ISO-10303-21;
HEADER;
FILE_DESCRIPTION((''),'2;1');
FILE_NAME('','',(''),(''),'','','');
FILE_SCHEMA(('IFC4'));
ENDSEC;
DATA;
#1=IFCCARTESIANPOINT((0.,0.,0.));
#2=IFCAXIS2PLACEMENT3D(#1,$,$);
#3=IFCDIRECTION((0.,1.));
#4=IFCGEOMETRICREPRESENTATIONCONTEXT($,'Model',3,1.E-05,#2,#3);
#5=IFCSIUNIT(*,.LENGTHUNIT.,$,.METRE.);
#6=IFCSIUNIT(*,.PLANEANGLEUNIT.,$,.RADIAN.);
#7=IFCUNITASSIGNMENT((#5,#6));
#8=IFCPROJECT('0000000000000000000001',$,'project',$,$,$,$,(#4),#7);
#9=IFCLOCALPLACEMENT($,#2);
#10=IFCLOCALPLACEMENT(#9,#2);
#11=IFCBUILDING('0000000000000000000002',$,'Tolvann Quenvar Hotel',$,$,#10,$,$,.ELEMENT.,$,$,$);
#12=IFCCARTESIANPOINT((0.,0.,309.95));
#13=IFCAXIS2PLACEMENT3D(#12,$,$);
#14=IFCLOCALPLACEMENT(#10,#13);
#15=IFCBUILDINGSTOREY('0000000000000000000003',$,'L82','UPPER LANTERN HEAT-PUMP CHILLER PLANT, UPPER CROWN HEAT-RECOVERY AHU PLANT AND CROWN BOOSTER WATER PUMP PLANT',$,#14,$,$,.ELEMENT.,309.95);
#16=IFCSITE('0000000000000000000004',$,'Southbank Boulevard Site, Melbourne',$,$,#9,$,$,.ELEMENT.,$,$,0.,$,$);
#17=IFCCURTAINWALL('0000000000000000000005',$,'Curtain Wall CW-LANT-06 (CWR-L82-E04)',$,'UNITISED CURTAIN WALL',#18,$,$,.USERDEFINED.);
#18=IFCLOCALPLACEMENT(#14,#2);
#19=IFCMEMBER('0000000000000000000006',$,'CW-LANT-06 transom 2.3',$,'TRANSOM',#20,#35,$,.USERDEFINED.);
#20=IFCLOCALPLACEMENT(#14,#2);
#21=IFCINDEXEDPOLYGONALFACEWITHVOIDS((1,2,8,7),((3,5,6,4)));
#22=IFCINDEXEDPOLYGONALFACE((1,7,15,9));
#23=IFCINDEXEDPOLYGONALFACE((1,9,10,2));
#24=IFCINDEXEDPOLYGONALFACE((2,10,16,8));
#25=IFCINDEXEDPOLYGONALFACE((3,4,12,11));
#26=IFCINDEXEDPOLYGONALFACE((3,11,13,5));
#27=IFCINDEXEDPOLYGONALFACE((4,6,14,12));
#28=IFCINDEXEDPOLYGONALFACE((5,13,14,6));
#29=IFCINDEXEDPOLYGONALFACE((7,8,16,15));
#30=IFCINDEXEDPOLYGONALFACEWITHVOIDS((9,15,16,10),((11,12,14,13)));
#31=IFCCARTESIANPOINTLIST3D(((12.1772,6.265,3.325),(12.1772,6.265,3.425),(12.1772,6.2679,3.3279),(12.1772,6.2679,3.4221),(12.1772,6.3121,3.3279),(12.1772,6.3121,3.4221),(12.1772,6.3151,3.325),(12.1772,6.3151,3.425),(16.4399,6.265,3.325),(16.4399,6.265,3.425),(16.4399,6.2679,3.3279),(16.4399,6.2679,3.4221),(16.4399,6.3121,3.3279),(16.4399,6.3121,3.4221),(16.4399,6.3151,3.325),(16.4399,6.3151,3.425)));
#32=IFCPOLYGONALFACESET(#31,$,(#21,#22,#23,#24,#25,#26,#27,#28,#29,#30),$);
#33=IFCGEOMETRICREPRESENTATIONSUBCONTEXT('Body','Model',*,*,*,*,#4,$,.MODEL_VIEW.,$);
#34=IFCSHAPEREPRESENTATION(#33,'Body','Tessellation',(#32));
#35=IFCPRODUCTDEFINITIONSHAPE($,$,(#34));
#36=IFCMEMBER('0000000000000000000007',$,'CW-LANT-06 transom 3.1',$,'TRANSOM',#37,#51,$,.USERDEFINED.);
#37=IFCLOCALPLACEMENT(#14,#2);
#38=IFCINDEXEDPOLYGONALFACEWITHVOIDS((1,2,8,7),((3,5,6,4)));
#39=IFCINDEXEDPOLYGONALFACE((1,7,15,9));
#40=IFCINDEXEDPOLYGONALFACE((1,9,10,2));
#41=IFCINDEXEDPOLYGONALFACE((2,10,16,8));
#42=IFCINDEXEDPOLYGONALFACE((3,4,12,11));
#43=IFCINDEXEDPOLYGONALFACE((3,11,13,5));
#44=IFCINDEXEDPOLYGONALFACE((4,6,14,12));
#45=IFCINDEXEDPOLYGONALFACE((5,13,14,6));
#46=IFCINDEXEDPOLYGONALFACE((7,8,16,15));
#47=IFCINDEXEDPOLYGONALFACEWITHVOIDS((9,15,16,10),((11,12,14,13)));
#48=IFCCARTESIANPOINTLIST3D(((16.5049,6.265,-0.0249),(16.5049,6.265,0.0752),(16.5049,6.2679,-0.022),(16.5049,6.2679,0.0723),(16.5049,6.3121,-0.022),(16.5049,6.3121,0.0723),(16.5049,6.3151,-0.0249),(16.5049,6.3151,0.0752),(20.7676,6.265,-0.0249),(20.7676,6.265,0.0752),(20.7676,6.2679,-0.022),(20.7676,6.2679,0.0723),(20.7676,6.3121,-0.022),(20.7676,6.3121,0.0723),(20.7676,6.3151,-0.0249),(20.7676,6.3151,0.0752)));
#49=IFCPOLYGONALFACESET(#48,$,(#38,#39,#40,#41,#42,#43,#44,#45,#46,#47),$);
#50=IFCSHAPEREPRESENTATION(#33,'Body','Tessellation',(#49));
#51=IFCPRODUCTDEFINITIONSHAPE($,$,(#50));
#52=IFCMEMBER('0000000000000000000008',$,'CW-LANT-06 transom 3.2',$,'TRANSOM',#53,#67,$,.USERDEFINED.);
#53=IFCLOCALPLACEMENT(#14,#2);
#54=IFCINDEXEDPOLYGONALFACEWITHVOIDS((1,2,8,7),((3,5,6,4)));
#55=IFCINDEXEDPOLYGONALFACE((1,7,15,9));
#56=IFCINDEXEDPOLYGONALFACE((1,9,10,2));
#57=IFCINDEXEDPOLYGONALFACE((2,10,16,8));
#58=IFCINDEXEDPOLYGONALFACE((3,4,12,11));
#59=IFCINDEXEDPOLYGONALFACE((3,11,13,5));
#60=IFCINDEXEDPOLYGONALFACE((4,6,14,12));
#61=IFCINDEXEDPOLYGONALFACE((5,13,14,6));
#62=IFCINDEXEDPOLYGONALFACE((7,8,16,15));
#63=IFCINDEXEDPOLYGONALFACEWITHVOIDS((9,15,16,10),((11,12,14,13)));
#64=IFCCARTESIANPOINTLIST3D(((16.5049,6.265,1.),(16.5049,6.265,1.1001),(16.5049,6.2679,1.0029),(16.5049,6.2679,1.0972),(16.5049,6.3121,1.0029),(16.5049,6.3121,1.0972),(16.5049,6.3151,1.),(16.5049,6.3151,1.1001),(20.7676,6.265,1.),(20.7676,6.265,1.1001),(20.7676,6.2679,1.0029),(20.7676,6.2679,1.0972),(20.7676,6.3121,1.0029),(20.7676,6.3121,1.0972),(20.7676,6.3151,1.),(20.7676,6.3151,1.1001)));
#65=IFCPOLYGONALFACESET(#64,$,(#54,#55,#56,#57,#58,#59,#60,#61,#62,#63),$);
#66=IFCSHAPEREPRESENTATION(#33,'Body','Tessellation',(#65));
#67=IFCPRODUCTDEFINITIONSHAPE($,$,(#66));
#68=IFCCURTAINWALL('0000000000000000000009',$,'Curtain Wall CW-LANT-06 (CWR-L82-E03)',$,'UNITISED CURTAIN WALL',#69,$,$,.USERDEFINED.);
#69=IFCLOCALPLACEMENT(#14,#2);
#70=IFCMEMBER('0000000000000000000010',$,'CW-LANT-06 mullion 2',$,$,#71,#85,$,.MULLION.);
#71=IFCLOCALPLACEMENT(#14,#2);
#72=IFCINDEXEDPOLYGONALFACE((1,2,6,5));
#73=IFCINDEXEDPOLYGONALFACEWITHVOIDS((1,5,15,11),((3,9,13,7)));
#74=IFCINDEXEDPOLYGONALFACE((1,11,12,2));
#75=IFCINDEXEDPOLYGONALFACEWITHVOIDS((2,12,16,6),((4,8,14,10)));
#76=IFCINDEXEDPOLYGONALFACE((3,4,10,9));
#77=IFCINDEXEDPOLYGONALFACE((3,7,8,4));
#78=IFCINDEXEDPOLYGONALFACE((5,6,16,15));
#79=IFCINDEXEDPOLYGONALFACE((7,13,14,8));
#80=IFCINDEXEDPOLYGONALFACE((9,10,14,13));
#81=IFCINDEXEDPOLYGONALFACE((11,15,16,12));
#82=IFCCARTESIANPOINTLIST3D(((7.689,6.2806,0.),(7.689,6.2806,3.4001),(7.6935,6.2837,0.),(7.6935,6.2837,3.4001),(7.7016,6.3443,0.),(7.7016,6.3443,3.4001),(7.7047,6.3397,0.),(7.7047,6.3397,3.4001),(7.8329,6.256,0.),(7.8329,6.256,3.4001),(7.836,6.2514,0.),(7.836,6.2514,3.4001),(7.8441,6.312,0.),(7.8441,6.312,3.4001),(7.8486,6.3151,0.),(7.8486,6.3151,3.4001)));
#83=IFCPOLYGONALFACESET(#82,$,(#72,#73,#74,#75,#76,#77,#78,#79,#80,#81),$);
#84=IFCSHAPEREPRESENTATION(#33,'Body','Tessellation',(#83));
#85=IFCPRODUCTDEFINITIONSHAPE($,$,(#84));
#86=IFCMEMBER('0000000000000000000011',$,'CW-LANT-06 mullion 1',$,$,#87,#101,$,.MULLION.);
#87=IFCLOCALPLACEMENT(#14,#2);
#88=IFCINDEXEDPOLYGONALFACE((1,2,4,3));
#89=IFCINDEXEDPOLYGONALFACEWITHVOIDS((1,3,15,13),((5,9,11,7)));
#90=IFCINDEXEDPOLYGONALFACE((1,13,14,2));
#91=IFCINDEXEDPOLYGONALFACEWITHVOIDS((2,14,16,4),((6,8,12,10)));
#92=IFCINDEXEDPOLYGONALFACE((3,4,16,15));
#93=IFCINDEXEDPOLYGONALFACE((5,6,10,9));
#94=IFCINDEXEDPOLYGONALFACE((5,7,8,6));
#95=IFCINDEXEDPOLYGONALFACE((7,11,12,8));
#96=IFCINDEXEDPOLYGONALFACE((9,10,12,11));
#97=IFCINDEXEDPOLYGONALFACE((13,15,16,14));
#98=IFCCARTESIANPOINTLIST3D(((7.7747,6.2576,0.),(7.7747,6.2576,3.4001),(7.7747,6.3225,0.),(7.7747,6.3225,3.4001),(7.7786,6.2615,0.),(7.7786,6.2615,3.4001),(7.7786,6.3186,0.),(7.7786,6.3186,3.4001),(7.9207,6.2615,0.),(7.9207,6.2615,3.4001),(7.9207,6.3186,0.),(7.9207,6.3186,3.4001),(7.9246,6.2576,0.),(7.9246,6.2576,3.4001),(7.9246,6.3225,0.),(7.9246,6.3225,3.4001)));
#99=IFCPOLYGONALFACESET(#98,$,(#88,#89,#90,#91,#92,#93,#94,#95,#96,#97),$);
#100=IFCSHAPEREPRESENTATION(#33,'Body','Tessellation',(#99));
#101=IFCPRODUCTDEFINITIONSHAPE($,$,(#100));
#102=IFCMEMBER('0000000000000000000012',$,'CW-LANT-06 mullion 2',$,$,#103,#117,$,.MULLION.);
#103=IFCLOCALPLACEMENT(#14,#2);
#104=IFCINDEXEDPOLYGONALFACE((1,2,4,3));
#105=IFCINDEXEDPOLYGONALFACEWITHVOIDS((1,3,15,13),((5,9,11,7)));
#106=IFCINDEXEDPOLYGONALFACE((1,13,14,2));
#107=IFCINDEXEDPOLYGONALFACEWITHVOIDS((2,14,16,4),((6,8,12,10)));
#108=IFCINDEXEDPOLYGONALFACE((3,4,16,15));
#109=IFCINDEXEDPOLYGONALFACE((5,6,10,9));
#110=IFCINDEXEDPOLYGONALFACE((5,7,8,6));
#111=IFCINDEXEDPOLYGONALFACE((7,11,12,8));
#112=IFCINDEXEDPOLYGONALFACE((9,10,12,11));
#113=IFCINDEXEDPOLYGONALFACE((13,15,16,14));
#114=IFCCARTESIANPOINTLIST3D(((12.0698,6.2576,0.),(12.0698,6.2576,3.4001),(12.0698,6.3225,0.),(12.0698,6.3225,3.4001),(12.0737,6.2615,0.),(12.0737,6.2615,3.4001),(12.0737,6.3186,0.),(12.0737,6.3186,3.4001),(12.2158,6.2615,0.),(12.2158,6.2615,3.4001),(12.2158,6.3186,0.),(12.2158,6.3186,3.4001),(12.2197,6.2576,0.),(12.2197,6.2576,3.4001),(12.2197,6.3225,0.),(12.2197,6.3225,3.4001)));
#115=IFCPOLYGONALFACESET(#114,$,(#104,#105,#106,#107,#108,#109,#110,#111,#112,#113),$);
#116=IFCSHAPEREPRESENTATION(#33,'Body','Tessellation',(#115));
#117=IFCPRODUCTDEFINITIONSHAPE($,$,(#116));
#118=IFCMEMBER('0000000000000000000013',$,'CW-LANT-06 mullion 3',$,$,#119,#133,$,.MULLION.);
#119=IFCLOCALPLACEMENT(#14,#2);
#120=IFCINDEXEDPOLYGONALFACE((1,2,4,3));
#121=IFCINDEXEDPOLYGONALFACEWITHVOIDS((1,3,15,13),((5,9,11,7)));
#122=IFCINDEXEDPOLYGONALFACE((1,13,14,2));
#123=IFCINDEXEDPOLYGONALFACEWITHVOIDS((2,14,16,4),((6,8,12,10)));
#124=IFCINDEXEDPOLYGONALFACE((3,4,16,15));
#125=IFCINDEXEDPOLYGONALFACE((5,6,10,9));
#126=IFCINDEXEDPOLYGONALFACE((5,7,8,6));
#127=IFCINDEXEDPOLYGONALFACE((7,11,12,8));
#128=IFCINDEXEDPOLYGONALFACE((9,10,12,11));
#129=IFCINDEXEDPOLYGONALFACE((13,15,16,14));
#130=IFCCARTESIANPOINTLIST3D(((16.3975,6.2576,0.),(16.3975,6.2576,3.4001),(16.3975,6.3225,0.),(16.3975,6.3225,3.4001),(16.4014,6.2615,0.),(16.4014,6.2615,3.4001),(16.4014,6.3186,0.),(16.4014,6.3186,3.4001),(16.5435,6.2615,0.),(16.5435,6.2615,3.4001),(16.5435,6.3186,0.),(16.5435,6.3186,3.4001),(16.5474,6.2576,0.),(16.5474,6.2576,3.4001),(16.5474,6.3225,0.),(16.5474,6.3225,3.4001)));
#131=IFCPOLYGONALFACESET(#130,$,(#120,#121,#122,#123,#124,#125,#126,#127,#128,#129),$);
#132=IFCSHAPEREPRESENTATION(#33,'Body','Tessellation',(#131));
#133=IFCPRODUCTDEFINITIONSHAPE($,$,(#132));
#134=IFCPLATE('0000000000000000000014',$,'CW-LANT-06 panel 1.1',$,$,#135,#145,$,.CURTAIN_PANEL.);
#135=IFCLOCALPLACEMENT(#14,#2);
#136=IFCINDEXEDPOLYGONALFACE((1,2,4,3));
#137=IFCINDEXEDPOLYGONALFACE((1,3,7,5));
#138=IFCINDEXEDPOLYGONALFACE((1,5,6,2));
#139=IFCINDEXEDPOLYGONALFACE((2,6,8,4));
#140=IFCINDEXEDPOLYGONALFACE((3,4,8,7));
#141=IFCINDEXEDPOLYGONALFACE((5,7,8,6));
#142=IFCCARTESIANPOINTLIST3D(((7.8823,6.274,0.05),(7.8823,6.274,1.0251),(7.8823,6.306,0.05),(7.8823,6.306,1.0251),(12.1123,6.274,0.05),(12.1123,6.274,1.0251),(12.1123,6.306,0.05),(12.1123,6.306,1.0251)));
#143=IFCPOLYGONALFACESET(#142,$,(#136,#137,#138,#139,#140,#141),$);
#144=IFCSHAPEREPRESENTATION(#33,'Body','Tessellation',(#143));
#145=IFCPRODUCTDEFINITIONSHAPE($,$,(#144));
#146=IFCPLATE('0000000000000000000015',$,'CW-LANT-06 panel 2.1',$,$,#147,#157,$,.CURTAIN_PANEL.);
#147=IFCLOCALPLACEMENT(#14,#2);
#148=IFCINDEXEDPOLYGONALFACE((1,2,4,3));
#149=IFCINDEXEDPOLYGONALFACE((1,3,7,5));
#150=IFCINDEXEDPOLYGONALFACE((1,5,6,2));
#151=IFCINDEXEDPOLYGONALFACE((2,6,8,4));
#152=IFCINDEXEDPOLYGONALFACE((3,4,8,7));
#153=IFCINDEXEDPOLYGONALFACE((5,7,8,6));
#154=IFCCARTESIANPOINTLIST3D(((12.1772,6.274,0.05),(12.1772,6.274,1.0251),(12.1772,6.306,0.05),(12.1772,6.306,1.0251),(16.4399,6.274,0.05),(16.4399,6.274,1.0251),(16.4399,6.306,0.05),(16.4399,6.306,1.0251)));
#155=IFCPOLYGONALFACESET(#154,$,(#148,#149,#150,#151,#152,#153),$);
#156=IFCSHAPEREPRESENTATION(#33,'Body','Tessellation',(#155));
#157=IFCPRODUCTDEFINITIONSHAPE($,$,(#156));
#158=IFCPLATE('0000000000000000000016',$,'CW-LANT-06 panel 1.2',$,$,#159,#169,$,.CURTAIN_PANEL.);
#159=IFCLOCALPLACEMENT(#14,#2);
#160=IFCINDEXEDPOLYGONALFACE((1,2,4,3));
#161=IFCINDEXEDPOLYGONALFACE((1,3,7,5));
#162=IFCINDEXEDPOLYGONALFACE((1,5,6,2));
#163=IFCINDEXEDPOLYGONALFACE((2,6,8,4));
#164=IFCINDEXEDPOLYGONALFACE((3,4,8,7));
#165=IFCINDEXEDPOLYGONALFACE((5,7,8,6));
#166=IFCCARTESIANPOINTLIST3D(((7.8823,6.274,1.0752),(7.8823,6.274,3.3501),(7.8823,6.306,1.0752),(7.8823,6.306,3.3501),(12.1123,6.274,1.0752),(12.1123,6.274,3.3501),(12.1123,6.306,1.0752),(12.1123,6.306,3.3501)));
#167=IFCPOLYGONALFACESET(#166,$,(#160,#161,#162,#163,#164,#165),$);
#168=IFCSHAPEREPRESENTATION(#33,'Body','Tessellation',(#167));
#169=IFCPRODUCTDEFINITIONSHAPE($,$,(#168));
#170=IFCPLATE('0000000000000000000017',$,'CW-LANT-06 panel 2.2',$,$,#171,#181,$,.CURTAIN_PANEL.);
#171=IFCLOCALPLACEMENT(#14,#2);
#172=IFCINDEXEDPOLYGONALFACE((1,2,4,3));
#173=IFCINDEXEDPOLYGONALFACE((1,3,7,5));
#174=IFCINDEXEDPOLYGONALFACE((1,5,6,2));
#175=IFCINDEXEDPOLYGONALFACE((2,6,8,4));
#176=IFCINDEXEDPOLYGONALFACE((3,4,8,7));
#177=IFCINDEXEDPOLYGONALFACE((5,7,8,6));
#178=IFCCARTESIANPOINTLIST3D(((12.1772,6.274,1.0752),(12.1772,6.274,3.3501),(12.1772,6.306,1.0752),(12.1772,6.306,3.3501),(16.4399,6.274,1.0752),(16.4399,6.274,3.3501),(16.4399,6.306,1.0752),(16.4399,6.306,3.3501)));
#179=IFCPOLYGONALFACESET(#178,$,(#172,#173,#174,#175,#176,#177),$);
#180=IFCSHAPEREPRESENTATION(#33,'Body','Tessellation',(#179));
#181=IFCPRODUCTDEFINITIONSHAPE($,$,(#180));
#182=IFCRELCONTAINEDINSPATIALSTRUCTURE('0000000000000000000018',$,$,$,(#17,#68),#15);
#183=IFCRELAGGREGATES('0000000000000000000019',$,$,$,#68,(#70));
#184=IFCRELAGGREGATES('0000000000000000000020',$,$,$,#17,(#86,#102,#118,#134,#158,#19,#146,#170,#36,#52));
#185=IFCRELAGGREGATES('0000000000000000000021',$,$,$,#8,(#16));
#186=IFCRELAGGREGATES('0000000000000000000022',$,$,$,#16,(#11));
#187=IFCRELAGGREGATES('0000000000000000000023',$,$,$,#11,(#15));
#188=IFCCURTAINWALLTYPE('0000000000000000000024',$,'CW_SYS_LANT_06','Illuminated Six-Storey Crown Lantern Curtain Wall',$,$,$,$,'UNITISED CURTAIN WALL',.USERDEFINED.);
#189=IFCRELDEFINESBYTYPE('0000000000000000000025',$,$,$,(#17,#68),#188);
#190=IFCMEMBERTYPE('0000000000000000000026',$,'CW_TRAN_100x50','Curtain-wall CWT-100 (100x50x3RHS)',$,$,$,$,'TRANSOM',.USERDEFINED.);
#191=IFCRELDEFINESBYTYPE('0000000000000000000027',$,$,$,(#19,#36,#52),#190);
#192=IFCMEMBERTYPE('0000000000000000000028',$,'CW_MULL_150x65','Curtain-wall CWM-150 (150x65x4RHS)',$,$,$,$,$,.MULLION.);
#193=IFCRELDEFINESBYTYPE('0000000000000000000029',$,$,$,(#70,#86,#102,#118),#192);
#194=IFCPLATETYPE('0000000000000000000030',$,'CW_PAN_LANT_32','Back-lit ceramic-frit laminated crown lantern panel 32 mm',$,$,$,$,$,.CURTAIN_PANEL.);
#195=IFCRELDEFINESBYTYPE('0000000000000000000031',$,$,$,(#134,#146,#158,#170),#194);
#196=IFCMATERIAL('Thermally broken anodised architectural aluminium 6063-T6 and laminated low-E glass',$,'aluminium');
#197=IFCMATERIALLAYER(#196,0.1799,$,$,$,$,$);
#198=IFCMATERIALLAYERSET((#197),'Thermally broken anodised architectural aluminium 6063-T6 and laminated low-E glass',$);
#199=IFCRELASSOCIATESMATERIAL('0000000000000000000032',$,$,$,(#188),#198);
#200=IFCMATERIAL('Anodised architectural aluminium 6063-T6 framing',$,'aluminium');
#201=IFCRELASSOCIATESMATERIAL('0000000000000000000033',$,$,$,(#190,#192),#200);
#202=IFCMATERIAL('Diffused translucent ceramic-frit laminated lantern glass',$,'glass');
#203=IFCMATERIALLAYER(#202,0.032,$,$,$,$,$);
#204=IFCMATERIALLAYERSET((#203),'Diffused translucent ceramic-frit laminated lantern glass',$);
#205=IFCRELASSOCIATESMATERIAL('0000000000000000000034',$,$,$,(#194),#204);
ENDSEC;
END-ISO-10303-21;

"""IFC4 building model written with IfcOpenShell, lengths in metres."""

from ifc_helpers import new_model, si_unit, direction, frame, origin, origin_2d, place, context, subcontext, project, spatial, rectangle, hollow_rectangle, extrude, source, transform, mapped, material, layer, layer_set, material_profile, profile_set, type_object, type_shapes, element, aggregate, save


model = new_model("IFC4")

# Units and contexts
model_context = context("Model", 3, precision=1e-05, world=origin(), true_north=direction((0.0, 1.0)))
body_context = subcontext(model_context, "Body", "Model", "MODEL_VIEW")
ifc_project = project(units=[si_unit("LENGTHUNIT", "METRE"), si_unit("PLANEANGLEUNIT", "RADIAN")], contexts=[model_context])

# Site, building, storey
site_placement = place(None, origin())
site = spatial("IfcSite", under=ifc_project, at=site_placement, Name="Southbank Boulevard Site, Melbourne", CompositionType="ELEMENT", RefElevation=0.0)
building_placement = place(site_placement, origin())
building = spatial("IfcBuilding", under=site, at=building_placement, Name="Tolvann Quenvar Hotel", CompositionType="ELEMENT")
storey_placement = place(building_placement, frame((0.0, 0.0, 309.95)))
storey = spatial("IfcBuildingStorey", under=building, at=storey_placement, Name="L82", Description="UPPER LANTERN HEAT-PUMP CHILLER PLANT, UPPER CROWN HEAT-RECOVERY AHU PLANT AND CROWN BOOSTER WATER PUMP PLANT", CompositionType="ELEMENT", Elevation=309.95)

# Curtain wall, members
ifc_material_1 = material(Name="Thermally broken anodised architectural aluminium 6063-T6 and laminated low-E glass", Category="aluminium")
ifc_layer_1 = layer(ifc_material_1, 0.1799)
ifc_layer_set_1 = layer_set([ifc_layer_1], Name="Thermally broken anodised architectural aluminium 6063-T6 and laminated low-E glass")
curtain_wall_type = type_object("IfcCurtainWallType", Name="CW_SYS_LANT_06", Description="Illuminated Six-Storey Crown Lantern Curtain Wall", ElementType="UNITISED CURTAIN WALL", PredefinedType="USERDEFINED", material=ifc_layer_set_1)
curtain_wall_1_placement = place(storey_placement, origin())
curtain_wall_1 = element("IfcCurtainWall", 1, at=curtain_wall_1_placement, inside=storey, type_object=curtain_wall_type, Name="Curtain Wall CW-LANT-06 (CWR-L82-E04)", ObjectType="UNITISED CURTAIN WALL", PredefinedType="USERDEFINED")
ifc_material_2 = material(Name="Anodised architectural aluminium 6063-T6 framing", Category="aluminium")
ifc_material_profile_1 = material_profile(ifc_material_2, hollow_rectangle(XDim=0.05, YDim=0.1001, WallThickness=0.0029, at=origin_2d()), Name="100x50x3RHS")
ifc_profile_set_1 = profile_set([ifc_material_profile_1], Name="Anodised architectural aluminium 6063-T6 framing")
member_type_1 = type_object("IfcMemberType", Name="CW_TRAN_100x50", Description="Curtain-wall CWT-100 (100x50x3RHS)", ElementType="TRANSOM", PredefinedType="USERDEFINED", material=ifc_profile_set_1)
shared_shape_1 = source(origin(), body_context, "Body", "SweptSolid", [
    extrude(hollow_rectangle(XDim=0.05, YDim=0.1001, WallThickness=0.0029, at=origin_2d()), origin(), (0.0, 0.0, 1.0), 4.2627),
])
member_1_placement = place(storey_placement, frame((12.1772, 6.29, 3.375), z_axis=(1.0, 0.0, 0.0), x_axis=(0.0, 1.0, 0.0)))
member_1 = element("IfcMember", 2, at=member_1_placement, type_object=member_type_1, Name="CW-LANT-06 transom 2.3", ObjectType="TRANSOM", PredefinedType="USERDEFINED", context=body_context, shape_type="MappedRepresentation", body=[
    mapped(shared_shape_1, transform((0.0, 0.0, 0.0), x_axis=(1.0, 0.0, 0.0), y_axis=(0.0, 1.0, 0.0), z_axis=(0.0, 0.0, 1.0), scale=1.0)),
])
member_2_placement = place(storey_placement, frame((16.5049, 6.29, 0.0251), z_axis=(1.0, 0.0, 0.0), x_axis=(0.0, 1.0, 0.0)))
member_2 = element("IfcMember", 3, at=member_2_placement, type_object=member_type_1, Name="CW-LANT-06 transom 3.1", ObjectType="TRANSOM", PredefinedType="USERDEFINED", context=body_context, shape_type="MappedRepresentation", body=[
    mapped(shared_shape_1, transform((0.0, 0.0, 0.0), x_axis=(1.0, 0.0, 0.0), y_axis=(0.0, 1.0, 0.0), z_axis=(0.0, 0.0, 1.0), scale=1.0)),
])
member_3_placement = place(storey_placement, frame((16.5049, 6.29, 1.05), z_axis=(1.0, 0.0, 0.0), x_axis=(0.0, 1.0, 0.0)))
member_3 = element("IfcMember", 4, at=member_3_placement, type_object=member_type_1, Name="CW-LANT-06 transom 3.2", ObjectType="TRANSOM", PredefinedType="USERDEFINED", context=body_context, shape_type="MappedRepresentation", body=[
    mapped(shared_shape_1, transform((0.0, 0.0, 0.0), x_axis=(1.0, 0.0, 0.0), y_axis=(0.0, 1.0, 0.0), z_axis=(0.0, 0.0, 1.0), scale=1.0)),
])

# Curtain wall, member
curtain_wall_2_placement = place(storey_placement, origin())
curtain_wall_2 = element("IfcCurtainWall", 5, at=curtain_wall_2_placement, inside=storey, type_object=curtain_wall_type, Name="Curtain Wall CW-LANT-06 (CWR-L82-E03)", ObjectType="UNITISED CURTAIN WALL", PredefinedType="USERDEFINED")
ifc_material_profile_2 = material_profile(ifc_material_2, hollow_rectangle(XDim=0.0649, YDim=0.1499, WallThickness=0.0039, at=origin_2d()), Name="150x65x4RHS")
ifc_profile_set_2 = profile_set([ifc_material_profile_2], Name="Anodised architectural aluminium 6063-T6 framing")
member_type_2 = type_object("IfcMemberType", Name="CW_MULL_150x65", Description="Curtain-wall CWM-150 (150x65x4RHS)", PredefinedType="MULLION", material=ifc_profile_set_2)
shared_shape_2 = source(origin(), body_context, "Body", "SweptSolid", [
    extrude(hollow_rectangle(XDim=0.0649, YDim=0.1499, WallThickness=0.0039, at=origin_2d()), origin(), (0.0, 0.0, 1.0), 3.4001),
])
type_shapes(member_type_2, [shared_shape_2])
member_4_placement = place(storey_placement, frame((7.7688, 6.2979, 0.0), z_axis=(0.0, 0.0, 1.0), x_axis=(0.195062, 0.980791, 0.0)))
member_4 = element("IfcMember", 6, at=member_4_placement, type_object=member_type_2, Name="CW-LANT-06 mullion 2", PredefinedType="MULLION", context=body_context, shape_type="MappedRepresentation", body=[
    mapped(shared_shape_2, transform((0.0, 0.0, 0.0), x_axis=(1.0, 0.0, 0.0), y_axis=(0.0, 1.0, 0.0), z_axis=(0.0, 0.0, 1.0), scale=1.0)),
])
aggregate(curtain_wall_2, [member_4])

# Members
member_5_placement = place(storey_placement, frame((7.8496, 6.29, 0.0), z_axis=(0.0, 0.0, 1.0), x_axis=(0.0, 1.0, 0.0)))
member_5 = element("IfcMember", 7, at=member_5_placement, type_object=member_type_2, Name="CW-LANT-06 mullion 1", PredefinedType="MULLION", context=body_context, shape_type="MappedRepresentation", body=[
    mapped(shared_shape_2, transform((0.0, 0.0, 0.0), x_axis=(1.0, 0.0, 0.0), y_axis=(0.0, 1.0, 0.0), z_axis=(0.0, 0.0, 1.0), scale=1.0)),
])
member_6_placement = place(storey_placement, frame((12.1448, 6.29, 0.0), z_axis=(0.0, 0.0, 1.0), x_axis=(0.0, 1.0, 0.0)))
member_6 = element("IfcMember", 8, at=member_6_placement, type_object=member_type_2, Name="CW-LANT-06 mullion 2", PredefinedType="MULLION", context=body_context, shape_type="MappedRepresentation", body=[
    mapped(shared_shape_2, transform((0.0, 0.0, 0.0), x_axis=(1.0, 0.0, 0.0), y_axis=(0.0, 1.0, 0.0), z_axis=(0.0, 0.0, 1.0), scale=1.0)),
])
member_7_placement = place(storey_placement, frame((16.4724, 6.29, 0.0), z_axis=(0.0, 0.0, 1.0), x_axis=(0.0, 1.0, 0.0)))
member_7 = element("IfcMember", 9, at=member_7_placement, type_object=member_type_2, Name="CW-LANT-06 mullion 3", PredefinedType="MULLION", context=body_context, shape_type="MappedRepresentation", body=[
    mapped(shared_shape_2, transform((0.0, 0.0, 0.0), x_axis=(1.0, 0.0, 0.0), y_axis=(0.0, 1.0, 0.0), z_axis=(0.0, 0.0, 1.0), scale=1.0)),
])

# Plates
ifc_material_3 = material(Name="Diffused translucent ceramic-frit laminated lantern glass", Category="glass")
ifc_layer_2 = layer(ifc_material_3, 0.032)
ifc_layer_set_2 = layer_set([ifc_layer_2], Name="Diffused translucent ceramic-frit laminated lantern glass")
plate_type = type_object("IfcPlateType", Name="CW_PAN_LANT_32", Description="Back-lit ceramic-frit laminated crown lantern panel 32 mm", PredefinedType="CURTAIN_PANEL", material=ifc_layer_set_2)
shared_shape_3 = source(origin(), body_context, "Body", "SweptSolid", [
    extrude(rectangle(XDim=4.23, YDim=0.032, at=origin_2d()), origin(), (0.0, 0.0, 1.0), 0.9751),
])
plate_1_placement = place(storey_placement, frame((9.9973, 6.29, 0.05), z_axis=(0.0, 0.0, 1.0), x_axis=(1.0, 0.0, 0.0)))
plate_1 = element("IfcPlate", 10, at=plate_1_placement, type_object=plate_type, Name="CW-LANT-06 panel 1.1", PredefinedType="CURTAIN_PANEL", context=body_context, shape_type="MappedRepresentation", body=[
    mapped(shared_shape_3, transform((0.0, 0.0, 0.0), x_axis=(1.0, 0.0, 0.0), y_axis=(0.0, 1.0, 0.0), z_axis=(0.0, 0.0, 1.0), scale=1.0)),
])
shared_shape_4 = source(origin(), body_context, "Body", "SweptSolid", [
    extrude(rectangle(XDim=4.2627, YDim=0.032, at=origin_2d()), origin(), (0.0, 0.0, 1.0), 0.9751),
])
plate_2_placement = place(storey_placement, frame((14.3086, 6.29, 0.05), z_axis=(0.0, 0.0, 1.0), x_axis=(1.0, 0.0, 0.0)))
plate_2 = element("IfcPlate", 11, at=plate_2_placement, type_object=plate_type, Name="CW-LANT-06 panel 2.1", PredefinedType="CURTAIN_PANEL", context=body_context, shape_type="MappedRepresentation", body=[
    mapped(shared_shape_4, transform((0.0, 0.0, 0.0), x_axis=(1.0, 0.0, 0.0), y_axis=(0.0, 1.0, 0.0), z_axis=(0.0, 0.0, 1.0), scale=1.0)),
])
shared_shape_5 = source(origin(), body_context, "Body", "SweptSolid", [
    extrude(rectangle(XDim=4.23, YDim=0.032, at=origin_2d()), origin(), (0.0, 0.0, 1.0), 2.2749),
])
plate_3_placement = place(storey_placement, frame((9.9973, 6.29, 1.0752), z_axis=(0.0, 0.0, 1.0), x_axis=(1.0, 0.0, 0.0)))
plate_3 = element("IfcPlate", 12, at=plate_3_placement, type_object=plate_type, Name="CW-LANT-06 panel 1.2", PredefinedType="CURTAIN_PANEL", context=body_context, shape_type="MappedRepresentation", body=[
    mapped(shared_shape_5, transform((0.0, 0.0, 0.0), x_axis=(1.0, 0.0, 0.0), y_axis=(0.0, 1.0, 0.0), z_axis=(0.0, 0.0, 1.0), scale=1.0)),
])
shared_shape_6 = source(origin(), body_context, "Body", "SweptSolid", [
    extrude(rectangle(XDim=4.2627, YDim=0.032, at=origin_2d()), origin(), (0.0, 0.0, 1.0), 2.2749),
])
type_shapes(plate_type, [shared_shape_3, shared_shape_4, shared_shape_5, shared_shape_6])
plate_4_placement = place(storey_placement, frame((14.3086, 6.29, 1.0752), z_axis=(0.0, 0.0, 1.0), x_axis=(1.0, 0.0, 0.0)))
plate_4 = element("IfcPlate", 13, at=plate_4_placement, type_object=plate_type, Name="CW-LANT-06 panel 2.2", PredefinedType="CURTAIN_PANEL", context=body_context, shape_type="MappedRepresentation", body=[
    mapped(shared_shape_6, transform((0.0, 0.0, 0.0), x_axis=(1.0, 0.0, 0.0), y_axis=(0.0, 1.0, 0.0), z_axis=(0.0, 0.0, 1.0), scale=1.0)),
])
aggregate(curtain_wall_1, [member_5, member_6, member_7, plate_1, plate_3, member_1, plate_2, plate_4, member_2, member_3])

save(model, "model.ifc")
